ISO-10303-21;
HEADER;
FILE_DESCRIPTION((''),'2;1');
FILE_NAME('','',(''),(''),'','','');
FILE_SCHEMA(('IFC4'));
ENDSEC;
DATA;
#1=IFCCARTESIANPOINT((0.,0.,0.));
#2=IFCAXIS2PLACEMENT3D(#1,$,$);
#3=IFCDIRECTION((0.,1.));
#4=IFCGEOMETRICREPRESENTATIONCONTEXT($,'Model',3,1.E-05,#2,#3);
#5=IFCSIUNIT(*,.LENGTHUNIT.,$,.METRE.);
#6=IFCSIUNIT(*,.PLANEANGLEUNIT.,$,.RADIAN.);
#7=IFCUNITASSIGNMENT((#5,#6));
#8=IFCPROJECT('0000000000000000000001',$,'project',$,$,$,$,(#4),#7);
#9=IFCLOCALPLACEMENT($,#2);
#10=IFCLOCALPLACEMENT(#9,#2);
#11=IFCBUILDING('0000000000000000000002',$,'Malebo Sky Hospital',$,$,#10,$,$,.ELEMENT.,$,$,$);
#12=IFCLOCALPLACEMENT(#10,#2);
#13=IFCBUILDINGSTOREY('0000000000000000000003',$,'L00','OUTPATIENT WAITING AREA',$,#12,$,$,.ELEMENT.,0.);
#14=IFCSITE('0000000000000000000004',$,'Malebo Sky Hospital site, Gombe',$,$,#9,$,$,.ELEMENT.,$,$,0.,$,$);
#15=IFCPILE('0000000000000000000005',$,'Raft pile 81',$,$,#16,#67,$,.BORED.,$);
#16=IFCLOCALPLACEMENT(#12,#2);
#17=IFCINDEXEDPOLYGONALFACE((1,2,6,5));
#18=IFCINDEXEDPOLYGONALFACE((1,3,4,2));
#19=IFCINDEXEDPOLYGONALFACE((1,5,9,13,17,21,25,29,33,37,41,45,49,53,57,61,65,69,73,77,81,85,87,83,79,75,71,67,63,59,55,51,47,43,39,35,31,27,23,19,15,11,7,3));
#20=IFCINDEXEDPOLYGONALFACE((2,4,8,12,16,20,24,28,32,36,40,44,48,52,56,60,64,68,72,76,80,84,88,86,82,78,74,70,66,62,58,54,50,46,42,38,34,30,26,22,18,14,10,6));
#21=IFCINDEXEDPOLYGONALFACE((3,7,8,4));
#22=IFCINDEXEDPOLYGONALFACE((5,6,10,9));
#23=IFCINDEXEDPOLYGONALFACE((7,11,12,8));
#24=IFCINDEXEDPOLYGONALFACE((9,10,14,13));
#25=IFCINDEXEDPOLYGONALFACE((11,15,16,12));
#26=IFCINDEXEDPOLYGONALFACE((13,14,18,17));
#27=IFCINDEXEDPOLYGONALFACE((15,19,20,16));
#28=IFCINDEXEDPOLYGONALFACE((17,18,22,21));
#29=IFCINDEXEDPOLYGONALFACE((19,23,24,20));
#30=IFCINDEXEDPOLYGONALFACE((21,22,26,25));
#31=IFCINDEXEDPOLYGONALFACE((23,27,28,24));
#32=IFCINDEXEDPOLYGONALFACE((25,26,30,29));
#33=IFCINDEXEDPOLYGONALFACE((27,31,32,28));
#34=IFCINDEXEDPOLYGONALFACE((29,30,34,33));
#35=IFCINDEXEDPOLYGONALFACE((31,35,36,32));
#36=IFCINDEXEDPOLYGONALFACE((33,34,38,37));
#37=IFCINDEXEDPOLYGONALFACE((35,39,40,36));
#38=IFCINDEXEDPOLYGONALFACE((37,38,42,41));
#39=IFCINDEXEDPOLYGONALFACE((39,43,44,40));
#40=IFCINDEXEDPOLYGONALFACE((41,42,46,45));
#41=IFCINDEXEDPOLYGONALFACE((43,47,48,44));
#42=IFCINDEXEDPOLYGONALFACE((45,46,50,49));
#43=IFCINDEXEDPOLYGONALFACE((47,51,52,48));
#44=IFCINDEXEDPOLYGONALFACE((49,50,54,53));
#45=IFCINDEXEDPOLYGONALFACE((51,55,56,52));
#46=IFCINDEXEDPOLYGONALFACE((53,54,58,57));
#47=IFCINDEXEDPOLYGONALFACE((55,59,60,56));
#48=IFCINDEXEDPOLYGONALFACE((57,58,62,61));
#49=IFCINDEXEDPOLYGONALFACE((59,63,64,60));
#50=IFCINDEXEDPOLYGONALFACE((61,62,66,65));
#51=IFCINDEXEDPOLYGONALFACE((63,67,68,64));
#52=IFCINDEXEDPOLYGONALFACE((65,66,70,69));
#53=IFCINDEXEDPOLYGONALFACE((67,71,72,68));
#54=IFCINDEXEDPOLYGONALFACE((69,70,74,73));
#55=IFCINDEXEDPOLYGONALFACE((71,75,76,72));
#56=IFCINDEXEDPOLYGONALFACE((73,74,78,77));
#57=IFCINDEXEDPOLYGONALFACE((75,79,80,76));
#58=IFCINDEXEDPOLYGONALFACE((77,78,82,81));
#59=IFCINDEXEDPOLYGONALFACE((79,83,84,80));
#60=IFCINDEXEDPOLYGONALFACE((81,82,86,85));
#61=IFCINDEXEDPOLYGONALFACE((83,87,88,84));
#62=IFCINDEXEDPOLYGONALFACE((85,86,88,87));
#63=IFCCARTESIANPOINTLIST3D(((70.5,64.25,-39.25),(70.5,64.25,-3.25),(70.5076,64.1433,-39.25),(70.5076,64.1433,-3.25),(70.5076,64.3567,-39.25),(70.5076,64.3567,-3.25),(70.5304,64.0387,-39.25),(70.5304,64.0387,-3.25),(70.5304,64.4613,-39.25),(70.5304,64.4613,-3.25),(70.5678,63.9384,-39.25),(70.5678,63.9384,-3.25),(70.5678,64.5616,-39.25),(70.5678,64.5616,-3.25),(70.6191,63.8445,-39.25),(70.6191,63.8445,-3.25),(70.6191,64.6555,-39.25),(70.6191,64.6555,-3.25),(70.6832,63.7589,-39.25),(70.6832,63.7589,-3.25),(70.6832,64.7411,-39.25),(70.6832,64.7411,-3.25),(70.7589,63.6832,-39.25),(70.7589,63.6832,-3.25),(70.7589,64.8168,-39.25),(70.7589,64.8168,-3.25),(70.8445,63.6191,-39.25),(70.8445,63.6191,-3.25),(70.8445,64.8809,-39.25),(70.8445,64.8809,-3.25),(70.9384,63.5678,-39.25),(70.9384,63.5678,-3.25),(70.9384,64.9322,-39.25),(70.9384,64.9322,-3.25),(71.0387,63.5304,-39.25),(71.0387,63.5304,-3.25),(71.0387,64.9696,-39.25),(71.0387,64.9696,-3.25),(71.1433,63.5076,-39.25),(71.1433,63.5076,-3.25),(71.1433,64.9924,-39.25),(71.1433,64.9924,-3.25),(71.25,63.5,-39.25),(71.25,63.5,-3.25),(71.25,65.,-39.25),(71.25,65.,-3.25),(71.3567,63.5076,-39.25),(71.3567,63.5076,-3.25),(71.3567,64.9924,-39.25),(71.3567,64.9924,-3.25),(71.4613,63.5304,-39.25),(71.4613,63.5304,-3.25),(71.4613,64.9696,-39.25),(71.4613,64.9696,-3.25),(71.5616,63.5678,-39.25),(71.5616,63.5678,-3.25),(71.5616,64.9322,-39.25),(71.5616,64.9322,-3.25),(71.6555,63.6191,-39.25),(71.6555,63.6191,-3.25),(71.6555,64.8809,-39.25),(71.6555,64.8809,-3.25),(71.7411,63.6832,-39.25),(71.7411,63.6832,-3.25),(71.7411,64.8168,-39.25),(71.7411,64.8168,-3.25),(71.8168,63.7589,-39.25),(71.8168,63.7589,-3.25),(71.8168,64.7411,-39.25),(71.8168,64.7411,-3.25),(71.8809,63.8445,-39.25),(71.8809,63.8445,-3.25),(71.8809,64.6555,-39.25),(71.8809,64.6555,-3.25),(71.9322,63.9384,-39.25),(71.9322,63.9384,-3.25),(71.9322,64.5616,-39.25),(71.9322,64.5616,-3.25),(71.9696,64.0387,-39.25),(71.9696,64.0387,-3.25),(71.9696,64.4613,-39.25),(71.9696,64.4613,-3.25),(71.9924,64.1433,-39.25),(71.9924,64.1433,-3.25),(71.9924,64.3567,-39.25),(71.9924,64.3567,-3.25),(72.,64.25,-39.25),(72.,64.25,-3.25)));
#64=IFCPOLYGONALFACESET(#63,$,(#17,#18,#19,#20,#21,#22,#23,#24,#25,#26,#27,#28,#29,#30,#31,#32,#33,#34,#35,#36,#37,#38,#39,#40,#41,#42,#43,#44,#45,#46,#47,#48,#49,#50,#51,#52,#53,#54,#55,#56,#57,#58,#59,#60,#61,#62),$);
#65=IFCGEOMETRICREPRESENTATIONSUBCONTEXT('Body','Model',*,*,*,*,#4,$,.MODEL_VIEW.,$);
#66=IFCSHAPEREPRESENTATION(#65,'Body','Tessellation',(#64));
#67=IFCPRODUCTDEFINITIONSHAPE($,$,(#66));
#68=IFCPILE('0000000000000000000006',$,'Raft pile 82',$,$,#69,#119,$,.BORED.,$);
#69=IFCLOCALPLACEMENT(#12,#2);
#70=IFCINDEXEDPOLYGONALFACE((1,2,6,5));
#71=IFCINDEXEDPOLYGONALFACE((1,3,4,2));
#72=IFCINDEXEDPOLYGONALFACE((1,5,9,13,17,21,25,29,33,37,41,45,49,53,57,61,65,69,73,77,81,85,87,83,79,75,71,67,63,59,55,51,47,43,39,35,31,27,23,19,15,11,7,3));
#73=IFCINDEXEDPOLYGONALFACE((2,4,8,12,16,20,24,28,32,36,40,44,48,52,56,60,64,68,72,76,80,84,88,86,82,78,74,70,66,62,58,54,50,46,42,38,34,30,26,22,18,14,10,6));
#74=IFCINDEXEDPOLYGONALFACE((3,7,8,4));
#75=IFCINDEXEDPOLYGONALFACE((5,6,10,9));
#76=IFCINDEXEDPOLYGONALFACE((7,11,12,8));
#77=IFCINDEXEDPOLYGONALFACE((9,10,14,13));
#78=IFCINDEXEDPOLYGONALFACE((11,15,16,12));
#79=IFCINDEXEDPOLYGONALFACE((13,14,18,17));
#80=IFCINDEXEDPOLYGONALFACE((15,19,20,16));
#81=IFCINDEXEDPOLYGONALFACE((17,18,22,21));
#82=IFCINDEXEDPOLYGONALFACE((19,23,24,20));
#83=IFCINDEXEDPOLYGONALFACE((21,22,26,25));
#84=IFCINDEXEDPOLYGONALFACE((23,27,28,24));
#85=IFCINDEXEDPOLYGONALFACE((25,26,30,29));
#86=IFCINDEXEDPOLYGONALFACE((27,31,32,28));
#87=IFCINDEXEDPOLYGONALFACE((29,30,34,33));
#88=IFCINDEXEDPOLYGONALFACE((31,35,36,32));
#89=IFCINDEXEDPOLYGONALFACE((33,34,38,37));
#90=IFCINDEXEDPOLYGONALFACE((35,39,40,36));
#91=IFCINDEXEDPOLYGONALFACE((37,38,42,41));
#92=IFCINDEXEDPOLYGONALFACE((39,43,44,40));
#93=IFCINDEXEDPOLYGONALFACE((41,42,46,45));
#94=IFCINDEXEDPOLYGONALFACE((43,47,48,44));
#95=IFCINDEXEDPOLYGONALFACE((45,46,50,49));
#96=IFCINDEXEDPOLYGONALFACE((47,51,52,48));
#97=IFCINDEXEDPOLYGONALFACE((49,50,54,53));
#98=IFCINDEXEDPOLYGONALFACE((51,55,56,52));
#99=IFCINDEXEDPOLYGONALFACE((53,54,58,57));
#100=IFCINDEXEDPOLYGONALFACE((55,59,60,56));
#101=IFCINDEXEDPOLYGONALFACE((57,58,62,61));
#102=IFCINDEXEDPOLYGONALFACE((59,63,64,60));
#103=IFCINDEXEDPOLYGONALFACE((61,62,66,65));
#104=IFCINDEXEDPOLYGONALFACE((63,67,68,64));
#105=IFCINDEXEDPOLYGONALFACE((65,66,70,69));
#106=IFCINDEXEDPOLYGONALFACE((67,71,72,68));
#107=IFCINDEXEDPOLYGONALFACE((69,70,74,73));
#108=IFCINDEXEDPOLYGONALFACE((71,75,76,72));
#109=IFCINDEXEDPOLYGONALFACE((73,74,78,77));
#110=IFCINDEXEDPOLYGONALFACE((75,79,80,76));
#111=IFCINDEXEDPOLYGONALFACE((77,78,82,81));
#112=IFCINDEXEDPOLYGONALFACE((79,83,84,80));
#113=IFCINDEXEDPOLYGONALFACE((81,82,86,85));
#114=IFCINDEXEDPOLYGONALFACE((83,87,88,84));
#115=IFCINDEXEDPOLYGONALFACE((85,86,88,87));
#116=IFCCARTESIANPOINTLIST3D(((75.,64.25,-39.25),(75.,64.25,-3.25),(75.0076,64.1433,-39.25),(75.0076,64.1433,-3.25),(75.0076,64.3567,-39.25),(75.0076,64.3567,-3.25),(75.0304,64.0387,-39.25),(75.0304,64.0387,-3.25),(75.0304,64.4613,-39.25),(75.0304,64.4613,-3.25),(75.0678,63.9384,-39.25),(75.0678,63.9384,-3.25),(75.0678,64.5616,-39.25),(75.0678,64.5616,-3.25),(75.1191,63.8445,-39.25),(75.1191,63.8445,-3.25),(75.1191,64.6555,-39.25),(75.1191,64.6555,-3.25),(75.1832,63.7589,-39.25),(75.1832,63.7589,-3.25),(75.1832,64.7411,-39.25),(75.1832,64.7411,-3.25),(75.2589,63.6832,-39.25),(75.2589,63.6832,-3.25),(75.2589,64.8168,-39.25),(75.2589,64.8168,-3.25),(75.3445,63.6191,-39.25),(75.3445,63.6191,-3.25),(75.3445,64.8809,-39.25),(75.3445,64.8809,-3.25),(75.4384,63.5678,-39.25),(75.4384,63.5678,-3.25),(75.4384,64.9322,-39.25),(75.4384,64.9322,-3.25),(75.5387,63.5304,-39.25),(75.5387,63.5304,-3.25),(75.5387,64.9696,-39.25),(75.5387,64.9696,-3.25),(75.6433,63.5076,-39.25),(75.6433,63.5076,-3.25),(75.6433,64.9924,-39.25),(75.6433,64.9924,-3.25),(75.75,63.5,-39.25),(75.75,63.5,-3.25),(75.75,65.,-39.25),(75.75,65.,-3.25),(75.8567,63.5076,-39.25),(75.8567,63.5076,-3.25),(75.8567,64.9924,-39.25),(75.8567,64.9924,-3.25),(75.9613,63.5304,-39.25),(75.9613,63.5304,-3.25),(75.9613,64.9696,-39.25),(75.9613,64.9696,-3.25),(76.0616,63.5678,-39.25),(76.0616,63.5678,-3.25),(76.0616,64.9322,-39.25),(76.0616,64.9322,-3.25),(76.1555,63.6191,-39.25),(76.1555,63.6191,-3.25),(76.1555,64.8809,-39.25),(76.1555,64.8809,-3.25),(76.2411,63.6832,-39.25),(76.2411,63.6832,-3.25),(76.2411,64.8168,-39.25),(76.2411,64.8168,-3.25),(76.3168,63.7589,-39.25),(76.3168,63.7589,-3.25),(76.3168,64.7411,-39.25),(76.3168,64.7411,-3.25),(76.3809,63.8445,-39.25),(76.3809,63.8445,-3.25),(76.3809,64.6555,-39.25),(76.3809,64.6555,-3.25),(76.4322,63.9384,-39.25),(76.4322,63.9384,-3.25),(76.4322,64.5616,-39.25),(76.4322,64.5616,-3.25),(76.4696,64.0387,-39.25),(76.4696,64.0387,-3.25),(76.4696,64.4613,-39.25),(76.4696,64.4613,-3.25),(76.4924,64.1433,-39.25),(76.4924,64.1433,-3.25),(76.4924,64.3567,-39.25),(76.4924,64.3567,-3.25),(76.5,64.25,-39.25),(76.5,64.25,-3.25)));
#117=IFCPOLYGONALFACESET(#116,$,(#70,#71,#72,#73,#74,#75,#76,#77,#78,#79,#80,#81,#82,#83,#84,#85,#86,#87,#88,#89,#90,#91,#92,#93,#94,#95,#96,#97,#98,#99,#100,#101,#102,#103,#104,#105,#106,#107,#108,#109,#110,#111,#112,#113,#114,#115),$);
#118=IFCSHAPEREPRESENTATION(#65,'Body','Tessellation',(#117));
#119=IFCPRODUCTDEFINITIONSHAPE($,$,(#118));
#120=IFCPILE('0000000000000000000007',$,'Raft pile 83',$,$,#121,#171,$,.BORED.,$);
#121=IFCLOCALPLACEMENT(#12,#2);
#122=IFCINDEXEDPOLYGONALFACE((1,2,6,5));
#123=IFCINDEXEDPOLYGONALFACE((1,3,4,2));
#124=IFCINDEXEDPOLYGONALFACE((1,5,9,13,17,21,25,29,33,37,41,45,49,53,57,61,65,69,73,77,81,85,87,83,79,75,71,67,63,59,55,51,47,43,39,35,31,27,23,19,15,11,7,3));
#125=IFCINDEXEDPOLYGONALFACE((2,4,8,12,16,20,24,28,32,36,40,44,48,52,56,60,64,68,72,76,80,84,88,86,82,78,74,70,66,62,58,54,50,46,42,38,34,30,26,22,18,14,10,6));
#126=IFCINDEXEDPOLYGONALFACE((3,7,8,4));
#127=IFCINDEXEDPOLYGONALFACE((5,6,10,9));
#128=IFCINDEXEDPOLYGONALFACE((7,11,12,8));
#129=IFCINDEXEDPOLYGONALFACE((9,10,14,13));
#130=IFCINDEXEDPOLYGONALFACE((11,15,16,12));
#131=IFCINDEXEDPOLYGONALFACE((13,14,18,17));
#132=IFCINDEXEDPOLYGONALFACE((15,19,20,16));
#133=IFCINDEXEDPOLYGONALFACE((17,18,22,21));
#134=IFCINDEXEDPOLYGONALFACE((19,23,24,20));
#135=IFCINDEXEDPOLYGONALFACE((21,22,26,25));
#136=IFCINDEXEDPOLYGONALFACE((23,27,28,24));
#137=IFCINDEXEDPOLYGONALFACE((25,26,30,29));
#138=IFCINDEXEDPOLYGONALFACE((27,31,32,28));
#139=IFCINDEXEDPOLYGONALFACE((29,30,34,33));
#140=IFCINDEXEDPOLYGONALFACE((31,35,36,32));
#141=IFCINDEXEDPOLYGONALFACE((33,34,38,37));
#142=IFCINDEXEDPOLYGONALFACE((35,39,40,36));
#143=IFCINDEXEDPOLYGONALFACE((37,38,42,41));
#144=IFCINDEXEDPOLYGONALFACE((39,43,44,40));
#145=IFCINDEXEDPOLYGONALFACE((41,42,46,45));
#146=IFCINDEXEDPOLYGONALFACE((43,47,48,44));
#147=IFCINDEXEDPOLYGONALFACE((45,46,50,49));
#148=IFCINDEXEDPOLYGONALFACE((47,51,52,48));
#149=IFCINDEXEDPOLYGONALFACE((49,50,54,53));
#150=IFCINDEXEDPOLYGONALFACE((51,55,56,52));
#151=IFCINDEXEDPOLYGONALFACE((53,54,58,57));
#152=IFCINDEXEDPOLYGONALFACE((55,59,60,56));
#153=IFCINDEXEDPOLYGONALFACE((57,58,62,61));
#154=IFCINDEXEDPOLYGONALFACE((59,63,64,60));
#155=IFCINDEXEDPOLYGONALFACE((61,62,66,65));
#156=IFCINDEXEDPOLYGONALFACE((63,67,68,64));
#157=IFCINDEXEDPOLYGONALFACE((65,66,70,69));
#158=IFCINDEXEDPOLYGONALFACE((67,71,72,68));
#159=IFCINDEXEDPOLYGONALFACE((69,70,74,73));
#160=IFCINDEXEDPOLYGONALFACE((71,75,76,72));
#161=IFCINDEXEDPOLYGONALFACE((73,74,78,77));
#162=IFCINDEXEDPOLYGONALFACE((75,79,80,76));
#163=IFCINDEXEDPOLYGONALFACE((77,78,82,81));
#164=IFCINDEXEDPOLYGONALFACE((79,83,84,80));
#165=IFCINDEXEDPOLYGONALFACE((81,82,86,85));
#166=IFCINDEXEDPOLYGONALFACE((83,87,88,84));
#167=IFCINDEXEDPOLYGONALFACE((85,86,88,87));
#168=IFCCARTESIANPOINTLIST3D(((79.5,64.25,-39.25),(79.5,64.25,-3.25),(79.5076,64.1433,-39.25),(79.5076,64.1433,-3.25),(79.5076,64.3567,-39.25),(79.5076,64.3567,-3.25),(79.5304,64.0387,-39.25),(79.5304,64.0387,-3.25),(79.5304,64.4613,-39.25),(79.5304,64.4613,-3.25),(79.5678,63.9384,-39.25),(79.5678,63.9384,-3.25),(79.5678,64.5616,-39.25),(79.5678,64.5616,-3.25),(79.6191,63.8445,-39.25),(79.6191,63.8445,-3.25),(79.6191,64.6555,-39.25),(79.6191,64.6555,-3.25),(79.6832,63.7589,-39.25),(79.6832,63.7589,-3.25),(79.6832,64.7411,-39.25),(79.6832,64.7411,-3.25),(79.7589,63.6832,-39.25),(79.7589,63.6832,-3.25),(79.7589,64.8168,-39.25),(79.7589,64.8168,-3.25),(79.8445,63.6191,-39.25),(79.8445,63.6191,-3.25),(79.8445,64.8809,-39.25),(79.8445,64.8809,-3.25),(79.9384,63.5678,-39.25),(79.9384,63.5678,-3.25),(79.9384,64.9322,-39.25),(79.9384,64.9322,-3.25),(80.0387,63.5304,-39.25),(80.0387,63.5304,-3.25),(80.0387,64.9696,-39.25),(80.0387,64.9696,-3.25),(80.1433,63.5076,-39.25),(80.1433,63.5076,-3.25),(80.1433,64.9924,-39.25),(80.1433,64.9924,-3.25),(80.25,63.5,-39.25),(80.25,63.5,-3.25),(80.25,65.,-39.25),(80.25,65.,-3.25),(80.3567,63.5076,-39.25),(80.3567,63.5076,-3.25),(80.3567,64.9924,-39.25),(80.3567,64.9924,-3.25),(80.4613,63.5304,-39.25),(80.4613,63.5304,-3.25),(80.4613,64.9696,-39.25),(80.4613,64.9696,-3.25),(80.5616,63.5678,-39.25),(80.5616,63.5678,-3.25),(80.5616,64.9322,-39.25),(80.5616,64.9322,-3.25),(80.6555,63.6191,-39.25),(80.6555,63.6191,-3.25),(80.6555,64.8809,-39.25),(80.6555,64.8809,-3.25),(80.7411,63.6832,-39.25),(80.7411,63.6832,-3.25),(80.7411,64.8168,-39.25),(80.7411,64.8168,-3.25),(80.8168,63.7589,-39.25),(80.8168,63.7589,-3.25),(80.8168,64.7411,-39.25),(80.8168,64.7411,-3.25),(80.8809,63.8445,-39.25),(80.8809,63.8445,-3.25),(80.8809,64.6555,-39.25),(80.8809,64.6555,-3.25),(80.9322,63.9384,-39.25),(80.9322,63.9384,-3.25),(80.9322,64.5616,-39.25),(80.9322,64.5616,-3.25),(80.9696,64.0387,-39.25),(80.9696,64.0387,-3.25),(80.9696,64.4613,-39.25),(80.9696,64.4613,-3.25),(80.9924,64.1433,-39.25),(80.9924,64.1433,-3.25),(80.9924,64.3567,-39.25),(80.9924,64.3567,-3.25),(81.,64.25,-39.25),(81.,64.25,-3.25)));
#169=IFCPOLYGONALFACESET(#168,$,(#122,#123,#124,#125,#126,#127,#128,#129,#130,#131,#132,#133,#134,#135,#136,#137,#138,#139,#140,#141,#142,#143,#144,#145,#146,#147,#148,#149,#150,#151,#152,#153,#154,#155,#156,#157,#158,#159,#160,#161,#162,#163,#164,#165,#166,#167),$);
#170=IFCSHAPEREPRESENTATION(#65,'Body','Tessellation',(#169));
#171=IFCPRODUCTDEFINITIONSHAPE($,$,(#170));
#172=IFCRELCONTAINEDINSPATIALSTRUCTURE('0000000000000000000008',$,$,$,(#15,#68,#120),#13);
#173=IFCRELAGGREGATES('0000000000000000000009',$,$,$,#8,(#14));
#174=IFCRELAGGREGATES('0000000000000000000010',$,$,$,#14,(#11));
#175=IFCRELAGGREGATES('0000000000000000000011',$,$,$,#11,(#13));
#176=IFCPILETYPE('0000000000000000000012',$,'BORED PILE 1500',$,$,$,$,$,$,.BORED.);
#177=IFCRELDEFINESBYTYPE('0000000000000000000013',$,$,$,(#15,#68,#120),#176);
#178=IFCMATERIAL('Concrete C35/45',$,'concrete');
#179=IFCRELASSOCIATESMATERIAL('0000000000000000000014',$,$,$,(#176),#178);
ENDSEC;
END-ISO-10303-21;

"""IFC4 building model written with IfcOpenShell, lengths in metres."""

from ifc_helpers import new_model, si_unit, direction, frame, origin, origin_2d, place, context, subcontext, project, spatial, circle, extrude, material, material_profile, profile_set, type_object, element, save


model = new_model("IFC4")

# Units and contexts
model_context = context("Model", 3, precision=1e-05, world=origin(), true_north=direction((0.0, 1.0)))
body_context = subcontext(model_context, "Body", "Model", "MODEL_VIEW")
ifc_project = project(units=[si_unit("LENGTHUNIT", "METRE"), si_unit("PLANEANGLEUNIT", "RADIAN")], contexts=[model_context])

# Site, building, storey
site_placement = place(None, origin())
site = spatial("IfcSite", under=ifc_project, at=site_placement, Name="Malebo Sky Hospital site, Gombe", CompositionType="ELEMENT", RefElevation=0.0)
building_placement = place(site_placement, origin())
building = spatial("IfcBuilding", under=site, at=building_placement, Name="Malebo Sky Hospital", CompositionType="ELEMENT")
storey_placement = place(building_placement, origin())
storey = spatial("IfcBuildingStorey", under=building, at=storey_placement, Name="L00", Description="OUTPATIENT WAITING AREA", CompositionType="ELEMENT", Elevation=0.0)

# Piles
ifc_material_1 = material(Name="Concrete C35/45", Category="concrete")
ifc_material_profile_1 = material_profile(ifc_material_1, circle(Radius=0.75, at=origin_2d()), Name="BP 1500")
ifc_profile_set_1 = profile_set([ifc_material_profile_1], Name="Concrete C35/45")
pile_type = type_object("IfcPileType", Name="BORED PILE 1500", PredefinedType="BORED", material=ifc_profile_set_1)
for number, where, z_axis, x_axis, name in (
    (1, (71.25, 64.25, -3.25), (0.0, 0.0, -1.0), (1.0, 0.0, 0.0), "Raft pile 81"),
    (2, (75.75, 64.25, -3.25), (0.0, 0.0, -1.0), (1.0, 0.0, 0.0), "Raft pile 82"),
    (3, (80.25, 64.25, -3.25), (0.0, 0.0, -1.0), (1.0, 0.0, 0.0), "Raft pile 83"),
):
    element("IfcPile", number, at=place(storey_placement, frame(where, z_axis=z_axis, x_axis=x_axis)), inside=storey, type_object=pile_type, Name=name, PredefinedType="BORED", context=body_context, shape_type="SweptSolid", body=[
        extrude(circle(Radius=0.75, at=origin_2d()), origin(), (0.0, 0.0, 1.0), 36.0),
    ])

save(model, "model.ifc")
